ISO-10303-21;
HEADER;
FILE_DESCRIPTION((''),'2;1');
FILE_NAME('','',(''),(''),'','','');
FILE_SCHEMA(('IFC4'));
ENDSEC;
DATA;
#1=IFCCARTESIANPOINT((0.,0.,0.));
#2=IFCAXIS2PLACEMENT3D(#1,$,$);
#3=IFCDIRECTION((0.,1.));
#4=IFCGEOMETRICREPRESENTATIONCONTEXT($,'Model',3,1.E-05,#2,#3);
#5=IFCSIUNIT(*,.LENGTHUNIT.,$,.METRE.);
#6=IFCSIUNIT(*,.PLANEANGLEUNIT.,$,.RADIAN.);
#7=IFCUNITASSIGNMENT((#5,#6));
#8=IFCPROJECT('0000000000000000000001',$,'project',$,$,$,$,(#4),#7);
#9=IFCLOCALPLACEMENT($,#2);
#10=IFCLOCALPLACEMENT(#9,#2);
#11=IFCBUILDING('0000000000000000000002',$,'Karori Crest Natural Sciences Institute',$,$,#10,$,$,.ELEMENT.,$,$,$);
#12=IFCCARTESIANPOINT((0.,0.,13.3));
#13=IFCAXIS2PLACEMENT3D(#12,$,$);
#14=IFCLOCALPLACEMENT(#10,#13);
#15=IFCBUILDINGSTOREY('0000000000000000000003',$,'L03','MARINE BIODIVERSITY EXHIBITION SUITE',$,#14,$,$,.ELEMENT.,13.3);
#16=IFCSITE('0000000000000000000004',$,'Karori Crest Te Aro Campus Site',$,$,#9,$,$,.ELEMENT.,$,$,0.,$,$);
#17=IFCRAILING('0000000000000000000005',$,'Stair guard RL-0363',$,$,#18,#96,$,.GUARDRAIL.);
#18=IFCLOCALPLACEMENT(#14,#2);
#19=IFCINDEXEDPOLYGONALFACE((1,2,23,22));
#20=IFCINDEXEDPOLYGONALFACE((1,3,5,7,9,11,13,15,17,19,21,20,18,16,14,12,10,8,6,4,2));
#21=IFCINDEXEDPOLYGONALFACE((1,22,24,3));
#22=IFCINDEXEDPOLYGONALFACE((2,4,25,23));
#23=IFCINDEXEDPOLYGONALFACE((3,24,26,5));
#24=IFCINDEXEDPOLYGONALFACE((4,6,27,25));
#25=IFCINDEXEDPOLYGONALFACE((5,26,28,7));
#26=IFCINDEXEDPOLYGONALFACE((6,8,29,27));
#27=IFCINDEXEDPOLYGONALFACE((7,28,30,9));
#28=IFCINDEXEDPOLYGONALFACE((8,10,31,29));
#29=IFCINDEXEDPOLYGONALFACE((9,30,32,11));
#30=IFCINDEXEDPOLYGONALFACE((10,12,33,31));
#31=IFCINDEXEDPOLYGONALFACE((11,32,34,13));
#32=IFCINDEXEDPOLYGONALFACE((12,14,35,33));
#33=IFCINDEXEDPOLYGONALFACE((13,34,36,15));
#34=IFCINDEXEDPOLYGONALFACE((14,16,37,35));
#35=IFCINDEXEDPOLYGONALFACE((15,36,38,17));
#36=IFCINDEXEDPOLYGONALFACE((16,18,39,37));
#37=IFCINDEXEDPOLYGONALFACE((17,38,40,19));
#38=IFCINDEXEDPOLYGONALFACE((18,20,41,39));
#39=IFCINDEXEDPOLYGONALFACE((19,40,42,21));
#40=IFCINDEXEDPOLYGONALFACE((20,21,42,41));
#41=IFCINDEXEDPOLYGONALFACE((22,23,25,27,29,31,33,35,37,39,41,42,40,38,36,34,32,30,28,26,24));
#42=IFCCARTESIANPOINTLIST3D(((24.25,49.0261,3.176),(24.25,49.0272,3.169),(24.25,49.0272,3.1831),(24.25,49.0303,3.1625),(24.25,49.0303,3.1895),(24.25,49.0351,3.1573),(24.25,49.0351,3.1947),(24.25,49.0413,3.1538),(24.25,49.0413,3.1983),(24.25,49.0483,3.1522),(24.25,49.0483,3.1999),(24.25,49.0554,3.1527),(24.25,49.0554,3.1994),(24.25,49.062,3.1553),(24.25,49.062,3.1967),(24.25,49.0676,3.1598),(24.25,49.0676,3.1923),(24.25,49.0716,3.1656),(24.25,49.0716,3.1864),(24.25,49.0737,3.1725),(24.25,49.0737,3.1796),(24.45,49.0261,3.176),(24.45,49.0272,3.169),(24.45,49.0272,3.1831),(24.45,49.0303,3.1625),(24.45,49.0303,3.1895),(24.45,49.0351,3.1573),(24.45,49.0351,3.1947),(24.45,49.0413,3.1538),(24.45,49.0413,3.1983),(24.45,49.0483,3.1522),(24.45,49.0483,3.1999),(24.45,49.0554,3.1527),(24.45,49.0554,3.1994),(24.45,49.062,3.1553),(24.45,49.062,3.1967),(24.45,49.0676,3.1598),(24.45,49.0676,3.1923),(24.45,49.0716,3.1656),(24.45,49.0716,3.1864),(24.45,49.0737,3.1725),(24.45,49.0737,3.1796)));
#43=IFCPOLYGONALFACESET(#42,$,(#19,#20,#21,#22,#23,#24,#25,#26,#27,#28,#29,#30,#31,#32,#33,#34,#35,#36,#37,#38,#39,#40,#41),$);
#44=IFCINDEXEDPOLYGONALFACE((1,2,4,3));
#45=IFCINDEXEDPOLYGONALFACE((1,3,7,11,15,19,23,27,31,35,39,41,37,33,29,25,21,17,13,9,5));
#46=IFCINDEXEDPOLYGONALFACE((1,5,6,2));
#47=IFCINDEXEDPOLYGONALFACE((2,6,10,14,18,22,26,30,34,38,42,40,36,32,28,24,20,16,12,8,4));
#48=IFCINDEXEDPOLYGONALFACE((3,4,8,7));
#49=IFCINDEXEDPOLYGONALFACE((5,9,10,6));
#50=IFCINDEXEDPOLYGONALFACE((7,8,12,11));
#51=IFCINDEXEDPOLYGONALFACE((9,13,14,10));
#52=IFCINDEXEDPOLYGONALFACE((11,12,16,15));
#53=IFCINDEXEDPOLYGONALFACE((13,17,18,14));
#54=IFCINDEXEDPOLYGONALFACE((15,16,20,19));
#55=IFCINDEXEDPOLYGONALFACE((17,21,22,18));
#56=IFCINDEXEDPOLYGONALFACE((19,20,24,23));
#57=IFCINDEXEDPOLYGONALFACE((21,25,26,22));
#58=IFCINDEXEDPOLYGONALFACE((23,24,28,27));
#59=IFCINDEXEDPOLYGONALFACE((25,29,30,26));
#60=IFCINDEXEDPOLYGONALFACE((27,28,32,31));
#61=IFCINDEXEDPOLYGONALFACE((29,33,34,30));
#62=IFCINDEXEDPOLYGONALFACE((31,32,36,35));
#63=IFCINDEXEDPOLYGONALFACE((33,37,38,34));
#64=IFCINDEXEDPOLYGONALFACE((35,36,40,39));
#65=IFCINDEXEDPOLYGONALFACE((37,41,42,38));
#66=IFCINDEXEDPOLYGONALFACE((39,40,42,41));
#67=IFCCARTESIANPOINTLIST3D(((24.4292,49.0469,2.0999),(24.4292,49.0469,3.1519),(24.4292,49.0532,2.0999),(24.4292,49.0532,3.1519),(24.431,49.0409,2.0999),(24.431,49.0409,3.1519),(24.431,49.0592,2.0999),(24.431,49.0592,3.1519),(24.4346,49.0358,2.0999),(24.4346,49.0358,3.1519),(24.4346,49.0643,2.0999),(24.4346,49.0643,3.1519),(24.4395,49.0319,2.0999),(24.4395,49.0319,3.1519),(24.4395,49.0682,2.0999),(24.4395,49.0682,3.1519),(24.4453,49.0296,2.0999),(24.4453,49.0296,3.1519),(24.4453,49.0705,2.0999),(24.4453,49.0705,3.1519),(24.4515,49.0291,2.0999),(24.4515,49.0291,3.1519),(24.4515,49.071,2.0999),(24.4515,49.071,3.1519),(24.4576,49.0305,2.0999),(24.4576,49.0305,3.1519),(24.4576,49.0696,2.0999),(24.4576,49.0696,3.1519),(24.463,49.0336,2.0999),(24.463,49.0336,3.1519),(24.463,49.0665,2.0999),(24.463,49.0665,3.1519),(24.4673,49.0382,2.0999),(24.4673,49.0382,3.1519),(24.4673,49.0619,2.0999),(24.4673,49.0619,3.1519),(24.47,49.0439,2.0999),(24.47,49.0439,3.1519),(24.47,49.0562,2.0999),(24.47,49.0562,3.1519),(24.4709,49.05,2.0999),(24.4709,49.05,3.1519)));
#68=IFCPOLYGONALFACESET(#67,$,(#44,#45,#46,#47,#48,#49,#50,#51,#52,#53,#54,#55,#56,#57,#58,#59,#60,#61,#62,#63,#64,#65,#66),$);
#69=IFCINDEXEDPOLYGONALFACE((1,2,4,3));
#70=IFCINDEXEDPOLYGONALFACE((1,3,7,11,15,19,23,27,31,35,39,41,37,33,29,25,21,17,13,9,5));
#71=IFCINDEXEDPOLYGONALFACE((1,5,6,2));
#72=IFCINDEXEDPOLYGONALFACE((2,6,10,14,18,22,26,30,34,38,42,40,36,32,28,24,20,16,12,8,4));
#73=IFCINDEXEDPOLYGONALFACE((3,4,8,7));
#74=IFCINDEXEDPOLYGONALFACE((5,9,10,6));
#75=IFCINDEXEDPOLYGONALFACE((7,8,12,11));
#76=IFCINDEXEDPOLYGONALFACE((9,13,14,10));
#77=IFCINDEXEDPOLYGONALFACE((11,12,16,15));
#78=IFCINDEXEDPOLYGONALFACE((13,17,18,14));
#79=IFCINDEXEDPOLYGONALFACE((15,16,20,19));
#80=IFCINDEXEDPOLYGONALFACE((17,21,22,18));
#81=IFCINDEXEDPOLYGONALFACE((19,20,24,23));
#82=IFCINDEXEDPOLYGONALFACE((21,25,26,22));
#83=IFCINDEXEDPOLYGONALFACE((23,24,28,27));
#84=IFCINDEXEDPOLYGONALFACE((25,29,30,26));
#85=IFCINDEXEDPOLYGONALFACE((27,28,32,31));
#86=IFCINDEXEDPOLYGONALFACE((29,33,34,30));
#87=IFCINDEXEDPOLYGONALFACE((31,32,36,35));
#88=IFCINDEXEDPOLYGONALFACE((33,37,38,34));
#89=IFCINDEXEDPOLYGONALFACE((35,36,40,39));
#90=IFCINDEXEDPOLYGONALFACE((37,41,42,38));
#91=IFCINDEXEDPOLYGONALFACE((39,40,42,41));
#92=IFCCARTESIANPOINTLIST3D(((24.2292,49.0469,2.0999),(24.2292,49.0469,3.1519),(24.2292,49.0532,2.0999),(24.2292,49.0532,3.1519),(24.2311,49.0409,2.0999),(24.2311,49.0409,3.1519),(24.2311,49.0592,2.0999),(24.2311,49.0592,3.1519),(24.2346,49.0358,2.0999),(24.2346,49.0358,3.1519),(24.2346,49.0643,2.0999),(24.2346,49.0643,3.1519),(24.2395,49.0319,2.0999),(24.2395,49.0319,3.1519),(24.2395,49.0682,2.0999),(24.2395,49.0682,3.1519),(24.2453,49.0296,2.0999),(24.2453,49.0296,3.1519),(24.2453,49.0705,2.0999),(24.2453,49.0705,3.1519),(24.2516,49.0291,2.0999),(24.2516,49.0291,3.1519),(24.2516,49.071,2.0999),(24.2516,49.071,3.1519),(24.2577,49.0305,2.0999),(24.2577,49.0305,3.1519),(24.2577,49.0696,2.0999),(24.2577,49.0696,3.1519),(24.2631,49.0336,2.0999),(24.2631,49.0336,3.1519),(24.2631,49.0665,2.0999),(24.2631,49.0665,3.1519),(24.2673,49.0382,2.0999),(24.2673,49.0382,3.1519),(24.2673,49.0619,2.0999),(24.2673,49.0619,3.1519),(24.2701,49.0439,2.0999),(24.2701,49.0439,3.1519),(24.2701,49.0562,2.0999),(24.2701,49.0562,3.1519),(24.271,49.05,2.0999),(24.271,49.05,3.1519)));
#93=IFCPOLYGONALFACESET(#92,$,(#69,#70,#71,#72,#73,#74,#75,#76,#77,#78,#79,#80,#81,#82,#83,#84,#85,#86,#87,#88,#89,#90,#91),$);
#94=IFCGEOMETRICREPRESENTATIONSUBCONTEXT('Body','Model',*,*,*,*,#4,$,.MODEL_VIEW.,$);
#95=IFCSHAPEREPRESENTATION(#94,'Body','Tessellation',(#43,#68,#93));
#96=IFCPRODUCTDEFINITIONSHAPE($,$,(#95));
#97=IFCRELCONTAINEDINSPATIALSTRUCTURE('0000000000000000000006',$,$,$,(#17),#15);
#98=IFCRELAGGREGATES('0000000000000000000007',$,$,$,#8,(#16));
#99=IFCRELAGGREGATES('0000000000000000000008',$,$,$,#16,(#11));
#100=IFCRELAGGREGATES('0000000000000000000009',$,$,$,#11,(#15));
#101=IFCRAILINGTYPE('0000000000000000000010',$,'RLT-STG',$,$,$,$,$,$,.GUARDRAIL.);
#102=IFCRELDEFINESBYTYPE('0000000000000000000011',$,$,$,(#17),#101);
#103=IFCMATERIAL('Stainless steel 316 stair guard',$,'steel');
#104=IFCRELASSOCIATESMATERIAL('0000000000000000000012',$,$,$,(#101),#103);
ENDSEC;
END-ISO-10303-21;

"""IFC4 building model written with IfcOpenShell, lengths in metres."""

from ifc_helpers import new_model, si_unit, direction, frame, origin, origin_2d, place, context, subcontext, project, spatial, circle, extrude, material, type_object, element, save


model = new_model("IFC4")

# Units and contexts
model_context = context("Model", 3, precision=1e-05, world=origin(), true_north=direction((0.0, 1.0)))
body_context = subcontext(model_context, "Body", "Model", "MODEL_VIEW")
ifc_project = project(units=[si_unit("LENGTHUNIT", "METRE"), si_unit("PLANEANGLEUNIT", "RADIAN")], contexts=[model_context])

# Site, building, storey
site_placement = place(None, origin())
site = spatial("IfcSite", under=ifc_project, at=site_placement, Name="Karori Crest Te Aro Campus Site", CompositionType="ELEMENT", RefElevation=0.0)
building_placement = place(site_placement, origin())
building = spatial("IfcBuilding", under=site, at=building_placement, Name="Karori Crest Natural Sciences Institute", CompositionType="ELEMENT")
storey_placement = place(building_placement, frame((0.0, 0.0, 13.3)))
storey = spatial("IfcBuildingStorey", under=building, at=storey_placement, Name="L03", Description="MARINE BIODIVERSITY EXHIBITION SUITE", CompositionType="ELEMENT", Elevation=13.3)

# Railing
ifc_material_1 = material(Name="Stainless steel 316 stair guard", Category="steel")
railing_type_1 = type_object("IfcRailingType", Name="RLT-STG", PredefinedType="GUARDRAIL", material=ifc_material_1)
railing_1_placement = place(storey_placement, frame((24.45, 49.05, 2.0999)))
element("IfcRailing", 1, at=railing_1_placement, inside=storey, type_object=railing_type_1, Name="Stair guard RL-0363", PredefinedType="GUARDRAIL", context=body_context, shape_type="SweptSolid", body=[
    extrude(circle(Radius=0.0239, at=origin_2d()), frame((0.0, 0.0, 1.0762), z_axis=(-1.0, 0.0, 0.0), x_axis=(0.0, -1.0, 0.0)), (0.0, 0.0, 1.0), 0.2),
    extrude(circle(Radius=0.021, at=origin_2d()), origin(), (0.0, 0.0, 1.0), 1.052),
    extrude(circle(Radius=0.021, at=origin_2d()), frame((-0.2, 0.0, 0.0)), (0.0, 0.0, 1.0), 1.052),
])

save(model, "model.ifc")
